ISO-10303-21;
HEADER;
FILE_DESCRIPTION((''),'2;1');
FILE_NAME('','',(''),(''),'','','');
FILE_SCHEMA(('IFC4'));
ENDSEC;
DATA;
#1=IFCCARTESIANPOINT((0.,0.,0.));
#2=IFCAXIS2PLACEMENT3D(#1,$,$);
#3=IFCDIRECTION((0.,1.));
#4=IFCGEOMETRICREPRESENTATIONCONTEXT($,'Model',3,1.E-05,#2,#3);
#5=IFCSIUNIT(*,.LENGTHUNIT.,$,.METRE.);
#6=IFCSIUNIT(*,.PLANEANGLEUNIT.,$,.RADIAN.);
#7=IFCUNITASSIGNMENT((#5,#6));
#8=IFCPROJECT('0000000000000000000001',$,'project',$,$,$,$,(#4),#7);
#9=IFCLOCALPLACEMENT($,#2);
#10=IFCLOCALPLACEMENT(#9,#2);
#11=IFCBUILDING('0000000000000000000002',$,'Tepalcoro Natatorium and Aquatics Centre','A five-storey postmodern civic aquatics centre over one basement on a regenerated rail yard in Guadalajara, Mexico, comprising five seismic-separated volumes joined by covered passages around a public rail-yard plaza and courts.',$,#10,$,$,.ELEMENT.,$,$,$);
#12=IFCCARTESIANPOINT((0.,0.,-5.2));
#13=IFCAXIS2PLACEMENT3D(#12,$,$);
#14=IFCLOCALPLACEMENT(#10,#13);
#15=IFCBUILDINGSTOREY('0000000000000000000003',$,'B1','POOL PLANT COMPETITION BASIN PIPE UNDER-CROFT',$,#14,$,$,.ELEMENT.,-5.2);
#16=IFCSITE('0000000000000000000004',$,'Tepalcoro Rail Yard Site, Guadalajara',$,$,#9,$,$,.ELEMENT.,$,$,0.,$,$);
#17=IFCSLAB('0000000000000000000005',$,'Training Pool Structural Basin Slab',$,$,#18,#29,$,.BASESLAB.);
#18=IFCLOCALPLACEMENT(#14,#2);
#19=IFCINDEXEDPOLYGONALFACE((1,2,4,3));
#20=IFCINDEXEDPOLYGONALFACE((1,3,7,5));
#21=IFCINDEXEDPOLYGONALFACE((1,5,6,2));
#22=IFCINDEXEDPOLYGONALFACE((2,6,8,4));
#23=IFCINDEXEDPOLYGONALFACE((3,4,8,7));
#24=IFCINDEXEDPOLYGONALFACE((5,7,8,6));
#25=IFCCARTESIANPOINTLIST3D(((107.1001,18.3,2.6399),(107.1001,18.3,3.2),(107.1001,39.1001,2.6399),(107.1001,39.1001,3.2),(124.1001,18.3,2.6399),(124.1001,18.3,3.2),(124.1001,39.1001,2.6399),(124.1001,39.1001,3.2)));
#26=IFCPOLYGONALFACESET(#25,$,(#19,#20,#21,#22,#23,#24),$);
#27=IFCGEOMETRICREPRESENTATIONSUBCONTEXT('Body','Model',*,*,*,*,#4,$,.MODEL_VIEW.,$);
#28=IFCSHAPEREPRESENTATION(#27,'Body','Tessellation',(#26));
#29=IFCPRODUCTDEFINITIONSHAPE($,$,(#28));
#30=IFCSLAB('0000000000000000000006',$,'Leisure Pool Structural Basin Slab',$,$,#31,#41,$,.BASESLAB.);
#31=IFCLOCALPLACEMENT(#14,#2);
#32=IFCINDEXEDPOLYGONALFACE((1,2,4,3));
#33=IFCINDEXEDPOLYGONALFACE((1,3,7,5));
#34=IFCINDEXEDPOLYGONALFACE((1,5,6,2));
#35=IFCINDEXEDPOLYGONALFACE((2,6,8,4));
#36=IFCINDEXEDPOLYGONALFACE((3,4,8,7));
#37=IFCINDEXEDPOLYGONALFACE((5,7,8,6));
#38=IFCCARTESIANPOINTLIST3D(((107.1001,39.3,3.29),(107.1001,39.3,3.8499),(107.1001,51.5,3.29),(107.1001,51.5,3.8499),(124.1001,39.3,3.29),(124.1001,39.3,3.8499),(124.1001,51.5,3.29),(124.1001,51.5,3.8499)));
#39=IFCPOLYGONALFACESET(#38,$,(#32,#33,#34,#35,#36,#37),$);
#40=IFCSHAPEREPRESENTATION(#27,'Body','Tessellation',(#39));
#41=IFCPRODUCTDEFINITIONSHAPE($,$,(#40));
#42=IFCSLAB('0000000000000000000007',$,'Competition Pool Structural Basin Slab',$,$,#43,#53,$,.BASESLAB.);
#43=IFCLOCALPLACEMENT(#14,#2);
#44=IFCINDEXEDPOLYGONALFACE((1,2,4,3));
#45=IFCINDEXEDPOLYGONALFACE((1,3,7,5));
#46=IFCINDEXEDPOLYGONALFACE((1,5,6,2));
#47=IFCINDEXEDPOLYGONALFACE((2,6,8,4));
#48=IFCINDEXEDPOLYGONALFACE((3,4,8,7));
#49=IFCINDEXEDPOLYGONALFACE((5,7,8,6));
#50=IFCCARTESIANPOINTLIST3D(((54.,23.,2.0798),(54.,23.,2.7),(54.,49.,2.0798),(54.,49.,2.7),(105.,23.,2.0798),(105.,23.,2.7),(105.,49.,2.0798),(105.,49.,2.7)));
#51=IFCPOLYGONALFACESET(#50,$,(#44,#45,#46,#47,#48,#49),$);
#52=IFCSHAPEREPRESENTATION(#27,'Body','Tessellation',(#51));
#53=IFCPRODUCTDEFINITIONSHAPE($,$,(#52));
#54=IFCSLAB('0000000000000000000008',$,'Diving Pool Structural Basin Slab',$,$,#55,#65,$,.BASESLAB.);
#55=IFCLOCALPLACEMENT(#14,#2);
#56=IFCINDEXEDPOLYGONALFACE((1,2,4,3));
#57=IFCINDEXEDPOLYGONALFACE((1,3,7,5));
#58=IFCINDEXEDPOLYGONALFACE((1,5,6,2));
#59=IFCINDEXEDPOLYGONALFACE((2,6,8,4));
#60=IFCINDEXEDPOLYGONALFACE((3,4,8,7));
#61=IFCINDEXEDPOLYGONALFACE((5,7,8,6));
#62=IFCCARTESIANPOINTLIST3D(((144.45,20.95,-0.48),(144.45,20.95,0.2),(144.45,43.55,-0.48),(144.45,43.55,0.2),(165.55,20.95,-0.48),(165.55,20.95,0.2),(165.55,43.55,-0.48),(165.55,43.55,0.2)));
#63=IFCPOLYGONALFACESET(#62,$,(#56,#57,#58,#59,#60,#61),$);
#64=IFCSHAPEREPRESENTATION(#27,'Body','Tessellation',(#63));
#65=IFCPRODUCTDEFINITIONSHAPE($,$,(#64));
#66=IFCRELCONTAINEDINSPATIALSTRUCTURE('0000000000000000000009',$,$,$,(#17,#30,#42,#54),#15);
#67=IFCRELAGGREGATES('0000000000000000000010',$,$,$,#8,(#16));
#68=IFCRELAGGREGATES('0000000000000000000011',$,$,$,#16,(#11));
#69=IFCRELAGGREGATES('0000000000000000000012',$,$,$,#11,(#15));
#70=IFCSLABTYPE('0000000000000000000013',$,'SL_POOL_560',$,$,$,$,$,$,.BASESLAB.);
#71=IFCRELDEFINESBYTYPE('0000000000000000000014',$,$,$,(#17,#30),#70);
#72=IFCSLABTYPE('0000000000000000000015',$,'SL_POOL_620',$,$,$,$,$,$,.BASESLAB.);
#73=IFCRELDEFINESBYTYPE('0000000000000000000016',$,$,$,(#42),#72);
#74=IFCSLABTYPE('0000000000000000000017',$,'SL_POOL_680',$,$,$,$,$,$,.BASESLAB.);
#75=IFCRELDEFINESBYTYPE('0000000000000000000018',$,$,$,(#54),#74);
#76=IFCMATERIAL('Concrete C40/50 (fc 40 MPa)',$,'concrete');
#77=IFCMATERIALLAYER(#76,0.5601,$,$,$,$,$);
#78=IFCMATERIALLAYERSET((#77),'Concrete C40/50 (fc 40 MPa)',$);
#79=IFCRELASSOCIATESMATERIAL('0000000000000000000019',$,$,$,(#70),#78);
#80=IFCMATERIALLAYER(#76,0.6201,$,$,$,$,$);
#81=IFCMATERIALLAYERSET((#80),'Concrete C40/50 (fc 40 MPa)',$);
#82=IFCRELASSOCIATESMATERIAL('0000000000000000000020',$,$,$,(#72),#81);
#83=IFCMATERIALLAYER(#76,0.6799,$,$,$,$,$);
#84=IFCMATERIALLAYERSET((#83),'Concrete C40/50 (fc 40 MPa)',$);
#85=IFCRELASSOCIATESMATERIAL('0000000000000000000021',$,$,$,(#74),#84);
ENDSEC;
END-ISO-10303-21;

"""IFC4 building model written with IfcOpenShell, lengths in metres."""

from ifc_helpers import new_model, si_unit, direction, frame, origin, place, context, subcontext, project, spatial, polyline, outline, extrude, material, layer, layer_set, type_object, element, save


model = new_model("IFC4")

# Units and contexts
model_context = context("Model", 3, precision=1e-05, world=origin(), true_north=direction((0.0, 1.0)))
body_context = subcontext(model_context, "Body", "Model", "MODEL_VIEW")
ifc_project = project(units=[si_unit("LENGTHUNIT", "METRE"), si_unit("PLANEANGLEUNIT", "RADIAN")], contexts=[model_context])

# Site, building, storey
site_placement = place(None, origin())
site = spatial("IfcSite", under=ifc_project, at=site_placement, Name="Tepalcoro Rail Yard Site, Guadalajara", CompositionType="ELEMENT", RefElevation=0.0)
building_placement = place(site_placement, origin())
building = spatial("IfcBuilding", under=site, at=building_placement, Name="Tepalcoro Natatorium and Aquatics Centre", Description="A five-storey postmodern civic aquatics centre over one basement on a regenerated rail yard in Guadalajara, Mexico, comprising five seismic-separated volumes joined by covered passages around a public rail-yard plaza and courts.", CompositionType="ELEMENT")
storey_placement = place(building_placement, frame((0.0, 0.0, -5.2)))
storey = spatial("IfcBuildingStorey", under=building, at=storey_placement, Name="B1", Description="POOL PLANT COMPETITION BASIN PIPE UNDER-CROFT", CompositionType="ELEMENT", Elevation=-5.2)

# Shared definitions
ifc_material = material(Name="Concrete C40/50 (fc 40 MPa)", Category="concrete")

# Slabs
ifc_layer_1 = layer(ifc_material, 0.5601)
ifc_layer_set_1 = layer_set([ifc_layer_1], Name="Concrete C40/50 (fc 40 MPa)")
slab_type_1 = type_object("IfcSlabType", Name="SL_POOL_560", PredefinedType="BASESLAB", material=ifc_layer_set_1)
slab_1_placement = place(storey_placement, frame((0.0, 0.0, 2.6399)))
element("IfcSlab", 1, at=slab_1_placement, inside=storey, type_object=slab_type_1, Name="Training Pool Structural Basin Slab", PredefinedType="BASESLAB", context=body_context, shape_type="SweptSolid", body=[
    extrude(outline(polyline([(107.1001, 18.3), (124.1001, 18.3), (124.1001, 39.1001), (107.1001, 39.1001), (107.1001, 18.3)])), origin(), (0.0, 0.0, 1.0), 0.5601),
])
slab_2_placement = place(storey_placement, frame((0.0, 0.0, 3.29)))
element("IfcSlab", 2, at=slab_2_placement, inside=storey, type_object=slab_type_1, Name="Leisure Pool Structural Basin Slab", PredefinedType="BASESLAB", context=body_context, shape_type="SweptSolid", body=[
    extrude(outline(polyline([(107.1001, 39.3), (124.1001, 39.3), (124.1001, 51.5), (107.1001, 51.5), (107.1001, 39.3)])), origin(), (0.0, 0.0, 1.0), 0.5598),
])
ifc_layer_2 = layer(ifc_material, 0.6201)
ifc_layer_set_2 = layer_set([ifc_layer_2], Name="Concrete C40/50 (fc 40 MPa)")
slab_type_2 = type_object("IfcSlabType", Name="SL_POOL_620", PredefinedType="BASESLAB", material=ifc_layer_set_2)
slab_3_placement = place(storey_placement, frame((0.0, 0.0, 2.0798)))
element("IfcSlab", 3, at=slab_3_placement, inside=storey, type_object=slab_type_2, Name="Competition Pool Structural Basin Slab", PredefinedType="BASESLAB", context=body_context, shape_type="SweptSolid", body=[
    extrude(outline(polyline([(54.0, 23.0), (105.0, 23.0), (105.0, 49.0), (54.0, 49.0), (54.0, 23.0)])), origin(), (0.0, 0.0, 1.0), 0.6201),
])
ifc_layer_3 = layer(ifc_material, 0.6799)
ifc_layer_set_3 = layer_set([ifc_layer_3], Name="Concrete C40/50 (fc 40 MPa)")
slab_type_3 = type_object("IfcSlabType", Name="SL_POOL_680", PredefinedType="BASESLAB", material=ifc_layer_set_3)
slab_4_placement = place(storey_placement, frame((0.0, 0.0, -0.48)))
element("IfcSlab", 4, at=slab_4_placement, inside=storey, type_object=slab_type_3, Name="Diving Pool Structural Basin Slab", PredefinedType="BASESLAB", context=body_context, shape_type="SweptSolid", body=[
    extrude(outline(polyline([(144.45, 20.95), (165.55, 20.95), (165.55, 43.55), (144.45, 43.55), (144.45, 20.95)])), origin(), (0.0, 0.0, 1.0), 0.6799),
])

save(model, "model.ifc")
